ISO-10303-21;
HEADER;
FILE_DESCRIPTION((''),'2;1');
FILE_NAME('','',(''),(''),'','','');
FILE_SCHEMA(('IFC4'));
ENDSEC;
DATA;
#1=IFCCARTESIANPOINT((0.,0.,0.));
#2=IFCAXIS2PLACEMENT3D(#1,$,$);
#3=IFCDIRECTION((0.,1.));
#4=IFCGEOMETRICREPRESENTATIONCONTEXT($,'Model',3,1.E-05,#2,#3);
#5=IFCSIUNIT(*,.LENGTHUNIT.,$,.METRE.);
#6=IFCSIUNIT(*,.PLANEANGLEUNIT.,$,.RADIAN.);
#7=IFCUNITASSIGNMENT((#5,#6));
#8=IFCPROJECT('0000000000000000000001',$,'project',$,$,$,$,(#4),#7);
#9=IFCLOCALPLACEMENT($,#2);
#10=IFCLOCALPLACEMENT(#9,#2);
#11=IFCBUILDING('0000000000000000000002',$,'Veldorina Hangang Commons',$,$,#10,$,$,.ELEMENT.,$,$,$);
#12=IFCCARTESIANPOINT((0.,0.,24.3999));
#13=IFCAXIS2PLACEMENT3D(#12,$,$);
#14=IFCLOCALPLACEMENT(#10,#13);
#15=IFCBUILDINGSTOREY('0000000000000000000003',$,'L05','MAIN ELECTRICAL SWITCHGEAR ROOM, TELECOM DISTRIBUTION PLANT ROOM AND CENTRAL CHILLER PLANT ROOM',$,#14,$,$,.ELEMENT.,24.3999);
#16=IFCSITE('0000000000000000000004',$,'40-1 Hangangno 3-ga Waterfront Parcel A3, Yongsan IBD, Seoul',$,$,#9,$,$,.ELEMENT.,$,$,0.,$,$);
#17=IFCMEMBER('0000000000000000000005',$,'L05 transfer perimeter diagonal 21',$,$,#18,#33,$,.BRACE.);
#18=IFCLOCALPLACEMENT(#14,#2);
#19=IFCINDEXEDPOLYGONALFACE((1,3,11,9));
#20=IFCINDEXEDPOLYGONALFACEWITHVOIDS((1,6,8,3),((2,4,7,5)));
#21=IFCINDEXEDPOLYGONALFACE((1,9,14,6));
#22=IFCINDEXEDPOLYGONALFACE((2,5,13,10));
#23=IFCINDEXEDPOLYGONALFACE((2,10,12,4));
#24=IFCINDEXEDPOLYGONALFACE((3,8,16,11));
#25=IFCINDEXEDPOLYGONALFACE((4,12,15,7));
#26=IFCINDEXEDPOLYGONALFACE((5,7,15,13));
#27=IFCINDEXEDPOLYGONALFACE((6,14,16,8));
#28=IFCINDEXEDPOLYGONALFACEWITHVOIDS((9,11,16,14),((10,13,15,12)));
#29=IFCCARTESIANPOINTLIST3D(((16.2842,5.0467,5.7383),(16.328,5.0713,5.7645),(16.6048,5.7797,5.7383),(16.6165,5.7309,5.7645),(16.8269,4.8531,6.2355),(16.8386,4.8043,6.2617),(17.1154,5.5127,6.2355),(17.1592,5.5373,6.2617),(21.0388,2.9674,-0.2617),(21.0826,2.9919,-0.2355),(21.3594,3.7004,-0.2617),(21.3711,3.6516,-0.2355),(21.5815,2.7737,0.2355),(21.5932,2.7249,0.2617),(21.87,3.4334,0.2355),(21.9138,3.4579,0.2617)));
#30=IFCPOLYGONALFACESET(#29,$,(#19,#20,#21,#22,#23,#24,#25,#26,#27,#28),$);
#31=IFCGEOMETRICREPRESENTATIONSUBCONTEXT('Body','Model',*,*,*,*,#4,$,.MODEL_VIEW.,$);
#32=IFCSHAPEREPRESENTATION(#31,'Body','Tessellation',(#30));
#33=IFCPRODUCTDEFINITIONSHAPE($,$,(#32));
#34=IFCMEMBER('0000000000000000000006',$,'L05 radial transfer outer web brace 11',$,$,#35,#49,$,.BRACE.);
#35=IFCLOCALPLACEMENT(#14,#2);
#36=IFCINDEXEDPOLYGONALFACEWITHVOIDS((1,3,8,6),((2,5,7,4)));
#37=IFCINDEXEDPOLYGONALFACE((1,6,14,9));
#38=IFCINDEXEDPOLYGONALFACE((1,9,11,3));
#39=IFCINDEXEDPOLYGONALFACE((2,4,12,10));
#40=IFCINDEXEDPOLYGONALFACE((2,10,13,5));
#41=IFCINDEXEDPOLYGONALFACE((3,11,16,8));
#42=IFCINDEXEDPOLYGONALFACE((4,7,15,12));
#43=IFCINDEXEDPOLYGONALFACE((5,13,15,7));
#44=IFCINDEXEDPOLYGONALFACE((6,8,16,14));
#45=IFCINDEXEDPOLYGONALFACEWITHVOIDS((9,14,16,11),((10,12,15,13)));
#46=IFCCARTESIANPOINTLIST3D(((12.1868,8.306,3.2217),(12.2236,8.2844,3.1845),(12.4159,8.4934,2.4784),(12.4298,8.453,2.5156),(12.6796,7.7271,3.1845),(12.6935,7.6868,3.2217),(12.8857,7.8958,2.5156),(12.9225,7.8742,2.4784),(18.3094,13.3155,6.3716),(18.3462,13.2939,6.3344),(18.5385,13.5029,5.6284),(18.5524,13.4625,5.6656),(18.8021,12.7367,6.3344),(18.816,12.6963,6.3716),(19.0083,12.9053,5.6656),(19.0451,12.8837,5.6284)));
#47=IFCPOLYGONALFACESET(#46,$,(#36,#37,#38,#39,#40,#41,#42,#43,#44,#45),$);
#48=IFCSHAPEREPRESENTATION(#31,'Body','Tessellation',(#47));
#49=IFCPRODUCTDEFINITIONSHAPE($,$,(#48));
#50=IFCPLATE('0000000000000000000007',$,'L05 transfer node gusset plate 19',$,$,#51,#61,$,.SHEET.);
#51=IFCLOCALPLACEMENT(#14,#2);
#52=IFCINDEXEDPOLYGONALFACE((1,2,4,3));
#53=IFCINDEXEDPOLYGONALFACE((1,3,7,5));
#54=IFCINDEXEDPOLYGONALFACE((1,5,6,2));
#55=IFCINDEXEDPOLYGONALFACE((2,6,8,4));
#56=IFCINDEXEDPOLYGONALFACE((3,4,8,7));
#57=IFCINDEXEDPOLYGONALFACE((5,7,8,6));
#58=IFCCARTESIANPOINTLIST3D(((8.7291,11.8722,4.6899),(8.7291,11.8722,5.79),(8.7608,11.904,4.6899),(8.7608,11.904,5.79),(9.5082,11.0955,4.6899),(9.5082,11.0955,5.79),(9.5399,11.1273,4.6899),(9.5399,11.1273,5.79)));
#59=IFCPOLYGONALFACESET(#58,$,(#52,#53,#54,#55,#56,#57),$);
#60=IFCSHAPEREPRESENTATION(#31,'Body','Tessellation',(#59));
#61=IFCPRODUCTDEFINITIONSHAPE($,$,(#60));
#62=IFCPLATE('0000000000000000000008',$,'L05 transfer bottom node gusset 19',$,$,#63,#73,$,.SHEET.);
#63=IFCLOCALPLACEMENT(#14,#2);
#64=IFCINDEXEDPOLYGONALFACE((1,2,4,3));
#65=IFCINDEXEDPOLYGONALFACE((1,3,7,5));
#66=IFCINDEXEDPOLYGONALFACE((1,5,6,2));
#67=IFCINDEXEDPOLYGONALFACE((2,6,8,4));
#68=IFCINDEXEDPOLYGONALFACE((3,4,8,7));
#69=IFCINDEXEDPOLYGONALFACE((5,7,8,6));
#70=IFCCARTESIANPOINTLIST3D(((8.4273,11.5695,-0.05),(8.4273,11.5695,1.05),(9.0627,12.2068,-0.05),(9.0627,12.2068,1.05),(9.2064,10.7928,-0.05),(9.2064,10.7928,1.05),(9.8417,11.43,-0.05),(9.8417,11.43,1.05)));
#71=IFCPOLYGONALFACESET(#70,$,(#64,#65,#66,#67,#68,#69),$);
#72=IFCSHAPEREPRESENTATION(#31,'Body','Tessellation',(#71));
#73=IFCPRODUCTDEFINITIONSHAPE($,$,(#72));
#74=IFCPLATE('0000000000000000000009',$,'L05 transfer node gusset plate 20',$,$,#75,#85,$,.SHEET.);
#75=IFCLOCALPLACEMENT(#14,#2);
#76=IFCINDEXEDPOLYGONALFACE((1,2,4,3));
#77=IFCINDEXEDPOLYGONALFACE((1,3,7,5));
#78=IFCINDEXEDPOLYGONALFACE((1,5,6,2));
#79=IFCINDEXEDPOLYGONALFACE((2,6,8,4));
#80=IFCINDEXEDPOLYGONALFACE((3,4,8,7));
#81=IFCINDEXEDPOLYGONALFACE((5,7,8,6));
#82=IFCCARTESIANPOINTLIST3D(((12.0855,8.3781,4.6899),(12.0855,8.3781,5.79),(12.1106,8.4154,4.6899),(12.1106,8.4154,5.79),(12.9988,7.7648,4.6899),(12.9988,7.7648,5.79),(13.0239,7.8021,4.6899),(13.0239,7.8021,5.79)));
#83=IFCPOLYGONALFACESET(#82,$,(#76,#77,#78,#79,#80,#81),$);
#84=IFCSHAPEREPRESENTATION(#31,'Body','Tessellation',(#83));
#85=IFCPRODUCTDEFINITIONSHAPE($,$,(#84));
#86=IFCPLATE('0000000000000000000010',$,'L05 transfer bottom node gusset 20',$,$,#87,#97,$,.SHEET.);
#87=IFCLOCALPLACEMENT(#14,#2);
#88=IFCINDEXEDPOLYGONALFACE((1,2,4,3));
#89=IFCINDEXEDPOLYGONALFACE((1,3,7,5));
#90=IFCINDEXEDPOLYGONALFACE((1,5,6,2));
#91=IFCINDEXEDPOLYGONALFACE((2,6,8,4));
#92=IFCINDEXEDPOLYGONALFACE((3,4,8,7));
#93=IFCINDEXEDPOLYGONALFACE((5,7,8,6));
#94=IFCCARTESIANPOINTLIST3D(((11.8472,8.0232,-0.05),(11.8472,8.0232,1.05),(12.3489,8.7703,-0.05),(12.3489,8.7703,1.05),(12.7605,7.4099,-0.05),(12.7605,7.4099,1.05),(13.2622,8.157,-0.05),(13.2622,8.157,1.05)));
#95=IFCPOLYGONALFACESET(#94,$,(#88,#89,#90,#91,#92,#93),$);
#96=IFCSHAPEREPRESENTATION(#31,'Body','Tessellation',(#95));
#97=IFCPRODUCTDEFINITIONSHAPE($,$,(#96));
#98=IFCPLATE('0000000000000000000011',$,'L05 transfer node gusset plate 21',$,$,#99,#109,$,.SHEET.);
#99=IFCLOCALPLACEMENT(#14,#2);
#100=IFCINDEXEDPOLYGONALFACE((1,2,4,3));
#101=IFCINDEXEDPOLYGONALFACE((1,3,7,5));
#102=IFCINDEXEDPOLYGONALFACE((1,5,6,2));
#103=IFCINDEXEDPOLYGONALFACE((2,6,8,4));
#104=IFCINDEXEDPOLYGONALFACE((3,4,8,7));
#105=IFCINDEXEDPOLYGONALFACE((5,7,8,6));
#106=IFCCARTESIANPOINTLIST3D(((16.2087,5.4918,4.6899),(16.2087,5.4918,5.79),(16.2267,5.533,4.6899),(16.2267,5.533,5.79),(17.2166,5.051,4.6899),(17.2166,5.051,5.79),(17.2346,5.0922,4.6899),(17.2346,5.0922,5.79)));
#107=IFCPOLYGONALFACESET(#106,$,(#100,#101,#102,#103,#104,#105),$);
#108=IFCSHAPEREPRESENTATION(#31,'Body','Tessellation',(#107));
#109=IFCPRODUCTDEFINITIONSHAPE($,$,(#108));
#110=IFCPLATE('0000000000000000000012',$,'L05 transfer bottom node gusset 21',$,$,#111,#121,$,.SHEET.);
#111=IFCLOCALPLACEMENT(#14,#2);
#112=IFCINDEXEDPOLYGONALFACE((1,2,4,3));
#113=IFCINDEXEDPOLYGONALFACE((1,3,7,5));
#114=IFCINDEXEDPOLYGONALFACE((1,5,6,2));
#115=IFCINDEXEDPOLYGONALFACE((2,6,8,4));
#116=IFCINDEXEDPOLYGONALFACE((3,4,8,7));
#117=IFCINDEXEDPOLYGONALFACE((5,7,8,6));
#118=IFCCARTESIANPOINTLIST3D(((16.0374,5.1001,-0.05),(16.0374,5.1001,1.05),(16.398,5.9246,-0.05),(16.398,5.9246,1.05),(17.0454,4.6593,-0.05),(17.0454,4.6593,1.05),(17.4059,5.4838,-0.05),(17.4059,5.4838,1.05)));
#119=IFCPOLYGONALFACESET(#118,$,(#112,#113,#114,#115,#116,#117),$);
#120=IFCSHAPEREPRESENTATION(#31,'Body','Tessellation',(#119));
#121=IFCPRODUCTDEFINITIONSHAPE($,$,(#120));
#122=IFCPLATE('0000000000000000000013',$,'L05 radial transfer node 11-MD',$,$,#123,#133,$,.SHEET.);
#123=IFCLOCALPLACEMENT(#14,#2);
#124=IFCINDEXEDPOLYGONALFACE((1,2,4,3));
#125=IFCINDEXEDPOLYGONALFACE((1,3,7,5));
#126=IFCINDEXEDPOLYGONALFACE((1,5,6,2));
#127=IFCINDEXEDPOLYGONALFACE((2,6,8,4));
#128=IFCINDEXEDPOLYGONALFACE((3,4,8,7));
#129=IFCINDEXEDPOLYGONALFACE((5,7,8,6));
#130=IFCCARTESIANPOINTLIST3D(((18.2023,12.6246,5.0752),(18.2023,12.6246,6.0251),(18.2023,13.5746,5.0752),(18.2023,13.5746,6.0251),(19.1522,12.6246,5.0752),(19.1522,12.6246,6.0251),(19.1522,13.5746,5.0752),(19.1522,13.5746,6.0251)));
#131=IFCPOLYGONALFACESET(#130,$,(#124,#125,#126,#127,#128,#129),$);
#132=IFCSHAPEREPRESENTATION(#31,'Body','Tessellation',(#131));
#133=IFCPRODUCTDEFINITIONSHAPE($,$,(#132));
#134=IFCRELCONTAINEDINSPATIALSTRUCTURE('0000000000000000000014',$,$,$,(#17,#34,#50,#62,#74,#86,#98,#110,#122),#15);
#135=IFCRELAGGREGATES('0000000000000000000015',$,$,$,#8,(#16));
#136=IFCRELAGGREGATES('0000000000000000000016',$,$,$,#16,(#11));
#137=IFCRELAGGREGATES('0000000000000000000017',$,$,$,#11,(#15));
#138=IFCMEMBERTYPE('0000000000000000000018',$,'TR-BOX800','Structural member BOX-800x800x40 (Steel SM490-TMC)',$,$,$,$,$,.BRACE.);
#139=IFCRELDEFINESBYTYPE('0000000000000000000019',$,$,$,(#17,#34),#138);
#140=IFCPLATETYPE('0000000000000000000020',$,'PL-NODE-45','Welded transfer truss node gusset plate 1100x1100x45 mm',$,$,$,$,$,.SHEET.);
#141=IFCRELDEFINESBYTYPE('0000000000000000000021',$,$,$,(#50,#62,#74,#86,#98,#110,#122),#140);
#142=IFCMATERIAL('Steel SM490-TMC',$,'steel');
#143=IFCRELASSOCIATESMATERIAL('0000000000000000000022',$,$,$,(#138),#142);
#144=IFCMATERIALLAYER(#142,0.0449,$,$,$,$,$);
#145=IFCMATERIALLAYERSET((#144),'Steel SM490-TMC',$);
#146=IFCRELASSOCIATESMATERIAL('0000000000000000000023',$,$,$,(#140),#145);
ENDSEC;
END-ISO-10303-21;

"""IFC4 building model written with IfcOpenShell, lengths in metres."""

from ifc_helpers import new_model, si_unit, direction, frame, origin, origin_2d, place, context, subcontext, project, spatial, rectangle, hollow_rectangle, extrude, material, layer, layer_set, material_profile, profile_set, type_object, element, save


model = new_model("IFC4")

# Units and contexts
model_context = context("Model", 3, precision=1e-05, world=origin(), true_north=direction((0.0, 1.0)))
body_context = subcontext(model_context, "Body", "Model", "MODEL_VIEW")
ifc_project = project(units=[si_unit("LENGTHUNIT", "METRE"), si_unit("PLANEANGLEUNIT", "RADIAN")], contexts=[model_context])

# Site, building, storey
site_placement = place(None, origin())
site = spatial("IfcSite", under=ifc_project, at=site_placement, Name="40-1 Hangangno 3-ga Waterfront Parcel A3, Yongsan IBD, Seoul", CompositionType="ELEMENT", RefElevation=0.0)
building_placement = place(site_placement, origin())
building = spatial("IfcBuilding", under=site, at=building_placement, Name="Veldorina Hangang Commons", CompositionType="ELEMENT")
storey_placement = place(building_placement, frame((0.0, 0.0, 24.3999)))
storey = spatial("IfcBuildingStorey", under=building, at=storey_placement, Name="L05", Description="MAIN ELECTRICAL SWITCHGEAR ROOM, TELECOM DISTRIBUTION PLANT ROOM AND CENTRAL CHILLER PLANT ROOM", CompositionType="ELEMENT", Elevation=24.3999)

# Shared definitions
ifc_material_1 = material(Name="Steel SM490-TMC", Category="steel")

# Members
ifc_material_profile_1 = material_profile(ifc_material_1, hollow_rectangle(XDim=0.8, YDim=0.8, WallThickness=0.04, at=origin_2d()), Name="BOX-800x800x40")
ifc_profile_set_1 = profile_set([ifc_material_profile_1], Name="Steel SM490-TMC")
member_type = type_object("IfcMemberType", Name="TR-BOX800", Description="Structural member BOX-800x800x40 (Steel SM490-TMC)", PredefinedType="BRACE", material=ifc_profile_set_1)
member_1_placement = place(storey_placement, frame((16.7217, 5.292, 6.0), z_axis=(0.59936, -0.262118, -0.756348), x_axis=(0.400688, 0.916215, 0.0)))
element("IfcMember", 1, at=member_1_placement, inside=storey, type_object=member_type, Name="L05 transfer perimeter diagonal 21", PredefinedType="BRACE", context=body_context, shape_type="SweptSolid", body=[
    extrude(hollow_rectangle(XDim=0.8, YDim=0.8, WallThickness=0.04, at=origin_2d()), origin(), (0.0, 0.0, 1.0), 7.9329),
])
member_2_placement = place(storey_placement, frame((18.6772, 13.0996, 6.0), z_axis=(-0.719044, -0.588327, -0.36993), x_axis=(0.63325, -0.773948, 0.0)))
element("IfcMember", 2, at=member_2_placement, inside=storey, type_object=member_type, Name="L05 radial transfer outer web brace 11", PredefinedType="BRACE", context=body_context, shape_type="SweptSolid", body=[
    extrude(hollow_rectangle(XDim=0.8, YDim=0.8, WallThickness=0.04, at=origin_2d()), origin(), (0.0, 0.0, 1.0), 8.5149),
])

# Plates
ifc_layer_1 = layer(ifc_material_1, 0.0449)
ifc_layer_set_1 = layer_set([ifc_layer_1], Name="Steel SM490-TMC")
plate_type = type_object("IfcPlateType", Name="PL-NODE-45", Description="Welded transfer truss node gusset plate 1100x1100x45 mm", PredefinedType="SHEET", material=ifc_layer_set_1)
plate_1_placement = place(storey_placement, frame((9.1345, 11.4998, 4.6899), z_axis=(0.0, 0.0, 1.0), x_axis=(0.70818, -0.706032, 0.0)))
element("IfcPlate", 3, at=plate_1_placement, inside=storey, type_object=plate_type, Name="L05 transfer node gusset plate 19", PredefinedType="SHEET", context=body_context, shape_type="SweptSolid", body=[
    extrude(rectangle(XDim=1.1001, YDim=0.0449, at=origin_2d()), origin(), (0.0, 0.0, 1.0), 1.1001),
])
plate_2_placement = place(storey_placement, frame((9.1345, 11.4998, -0.05), z_axis=(0.0, 0.0, 1.0), x_axis=(0.70818, -0.706032, 0.0)))
element("IfcPlate", 4, at=plate_2_placement, inside=storey, type_object=plate_type, Name="L05 transfer bottom node gusset 19", PredefinedType="SHEET", context=body_context, shape_type="SweptSolid", body=[
    extrude(rectangle(XDim=1.1001, YDim=0.8999, at=origin_2d()), origin(), (0.0, 0.0, 1.0), 1.1001),
])
plate_3_placement = place(storey_placement, frame((12.5547, 8.0901, 4.6899), z_axis=(0.0, 0.0, 1.0), x_axis=(0.830197, -0.55747, 0.0)))
element("IfcPlate", 5, at=plate_3_placement, inside=storey, type_object=plate_type, Name="L05 transfer node gusset plate 20", PredefinedType="SHEET", context=body_context, shape_type="SweptSolid", body=[
    extrude(rectangle(XDim=1.1001, YDim=0.0449, at=origin_2d()), origin(), (0.0, 0.0, 1.0), 1.1001),
])
plate_4_placement = place(storey_placement, frame((12.5547, 8.0901, -0.05), z_axis=(0.0, 0.0, 1.0), x_axis=(0.830197, -0.55747, 0.0)))
element("IfcPlate", 6, at=plate_4_placement, inside=storey, type_object=plate_type, Name="L05 transfer bottom node gusset 20", PredefinedType="SHEET", context=body_context, shape_type="SweptSolid", body=[
    extrude(rectangle(XDim=1.1001, YDim=0.8999, at=origin_2d()), origin(), (0.0, 0.0, 1.0), 1.1001),
])
plate_5_placement = place(storey_placement, frame((16.7217, 5.292, 4.6899), z_axis=(0.0, 0.0, 1.0), x_axis=(0.916216, -0.400685, 0.0)))
element("IfcPlate", 7, at=plate_5_placement, inside=storey, type_object=plate_type, Name="L05 transfer node gusset plate 21", PredefinedType="SHEET", context=body_context, shape_type="SweptSolid", body=[
    extrude(rectangle(XDim=1.1001, YDim=0.0449, at=origin_2d()), origin(), (0.0, 0.0, 1.0), 1.1001),
])
plate_6_placement = place(storey_placement, frame((16.7217, 5.292, -0.05), z_axis=(0.0, 0.0, 1.0), x_axis=(0.916216, -0.400685, 0.0)))
element("IfcPlate", 8, at=plate_6_placement, inside=storey, type_object=plate_type, Name="L05 transfer bottom node gusset 21", PredefinedType="SHEET", context=body_context, shape_type="SweptSolid", body=[
    extrude(rectangle(XDim=1.1001, YDim=0.8999, at=origin_2d()), origin(), (0.0, 0.0, 1.0), 1.1001),
])
plate_7_placement = place(storey_placement, frame((18.6772, 13.0996, 5.0752), z_axis=(0.0, 0.0, 1.0), x_axis=(1.0, 0.0, 0.0)))
element("IfcPlate", 9, at=plate_7_placement, inside=storey, type_object=plate_type, Name="L05 radial transfer node 11-MD", PredefinedType="SHEET", context=body_context, shape_type="SweptSolid", body=[
    extrude(rectangle(XDim=0.95, YDim=0.95, at=origin_2d()), origin(), (0.0, 0.0, 1.0), 0.95),
])

save(model, "model.ifc")
